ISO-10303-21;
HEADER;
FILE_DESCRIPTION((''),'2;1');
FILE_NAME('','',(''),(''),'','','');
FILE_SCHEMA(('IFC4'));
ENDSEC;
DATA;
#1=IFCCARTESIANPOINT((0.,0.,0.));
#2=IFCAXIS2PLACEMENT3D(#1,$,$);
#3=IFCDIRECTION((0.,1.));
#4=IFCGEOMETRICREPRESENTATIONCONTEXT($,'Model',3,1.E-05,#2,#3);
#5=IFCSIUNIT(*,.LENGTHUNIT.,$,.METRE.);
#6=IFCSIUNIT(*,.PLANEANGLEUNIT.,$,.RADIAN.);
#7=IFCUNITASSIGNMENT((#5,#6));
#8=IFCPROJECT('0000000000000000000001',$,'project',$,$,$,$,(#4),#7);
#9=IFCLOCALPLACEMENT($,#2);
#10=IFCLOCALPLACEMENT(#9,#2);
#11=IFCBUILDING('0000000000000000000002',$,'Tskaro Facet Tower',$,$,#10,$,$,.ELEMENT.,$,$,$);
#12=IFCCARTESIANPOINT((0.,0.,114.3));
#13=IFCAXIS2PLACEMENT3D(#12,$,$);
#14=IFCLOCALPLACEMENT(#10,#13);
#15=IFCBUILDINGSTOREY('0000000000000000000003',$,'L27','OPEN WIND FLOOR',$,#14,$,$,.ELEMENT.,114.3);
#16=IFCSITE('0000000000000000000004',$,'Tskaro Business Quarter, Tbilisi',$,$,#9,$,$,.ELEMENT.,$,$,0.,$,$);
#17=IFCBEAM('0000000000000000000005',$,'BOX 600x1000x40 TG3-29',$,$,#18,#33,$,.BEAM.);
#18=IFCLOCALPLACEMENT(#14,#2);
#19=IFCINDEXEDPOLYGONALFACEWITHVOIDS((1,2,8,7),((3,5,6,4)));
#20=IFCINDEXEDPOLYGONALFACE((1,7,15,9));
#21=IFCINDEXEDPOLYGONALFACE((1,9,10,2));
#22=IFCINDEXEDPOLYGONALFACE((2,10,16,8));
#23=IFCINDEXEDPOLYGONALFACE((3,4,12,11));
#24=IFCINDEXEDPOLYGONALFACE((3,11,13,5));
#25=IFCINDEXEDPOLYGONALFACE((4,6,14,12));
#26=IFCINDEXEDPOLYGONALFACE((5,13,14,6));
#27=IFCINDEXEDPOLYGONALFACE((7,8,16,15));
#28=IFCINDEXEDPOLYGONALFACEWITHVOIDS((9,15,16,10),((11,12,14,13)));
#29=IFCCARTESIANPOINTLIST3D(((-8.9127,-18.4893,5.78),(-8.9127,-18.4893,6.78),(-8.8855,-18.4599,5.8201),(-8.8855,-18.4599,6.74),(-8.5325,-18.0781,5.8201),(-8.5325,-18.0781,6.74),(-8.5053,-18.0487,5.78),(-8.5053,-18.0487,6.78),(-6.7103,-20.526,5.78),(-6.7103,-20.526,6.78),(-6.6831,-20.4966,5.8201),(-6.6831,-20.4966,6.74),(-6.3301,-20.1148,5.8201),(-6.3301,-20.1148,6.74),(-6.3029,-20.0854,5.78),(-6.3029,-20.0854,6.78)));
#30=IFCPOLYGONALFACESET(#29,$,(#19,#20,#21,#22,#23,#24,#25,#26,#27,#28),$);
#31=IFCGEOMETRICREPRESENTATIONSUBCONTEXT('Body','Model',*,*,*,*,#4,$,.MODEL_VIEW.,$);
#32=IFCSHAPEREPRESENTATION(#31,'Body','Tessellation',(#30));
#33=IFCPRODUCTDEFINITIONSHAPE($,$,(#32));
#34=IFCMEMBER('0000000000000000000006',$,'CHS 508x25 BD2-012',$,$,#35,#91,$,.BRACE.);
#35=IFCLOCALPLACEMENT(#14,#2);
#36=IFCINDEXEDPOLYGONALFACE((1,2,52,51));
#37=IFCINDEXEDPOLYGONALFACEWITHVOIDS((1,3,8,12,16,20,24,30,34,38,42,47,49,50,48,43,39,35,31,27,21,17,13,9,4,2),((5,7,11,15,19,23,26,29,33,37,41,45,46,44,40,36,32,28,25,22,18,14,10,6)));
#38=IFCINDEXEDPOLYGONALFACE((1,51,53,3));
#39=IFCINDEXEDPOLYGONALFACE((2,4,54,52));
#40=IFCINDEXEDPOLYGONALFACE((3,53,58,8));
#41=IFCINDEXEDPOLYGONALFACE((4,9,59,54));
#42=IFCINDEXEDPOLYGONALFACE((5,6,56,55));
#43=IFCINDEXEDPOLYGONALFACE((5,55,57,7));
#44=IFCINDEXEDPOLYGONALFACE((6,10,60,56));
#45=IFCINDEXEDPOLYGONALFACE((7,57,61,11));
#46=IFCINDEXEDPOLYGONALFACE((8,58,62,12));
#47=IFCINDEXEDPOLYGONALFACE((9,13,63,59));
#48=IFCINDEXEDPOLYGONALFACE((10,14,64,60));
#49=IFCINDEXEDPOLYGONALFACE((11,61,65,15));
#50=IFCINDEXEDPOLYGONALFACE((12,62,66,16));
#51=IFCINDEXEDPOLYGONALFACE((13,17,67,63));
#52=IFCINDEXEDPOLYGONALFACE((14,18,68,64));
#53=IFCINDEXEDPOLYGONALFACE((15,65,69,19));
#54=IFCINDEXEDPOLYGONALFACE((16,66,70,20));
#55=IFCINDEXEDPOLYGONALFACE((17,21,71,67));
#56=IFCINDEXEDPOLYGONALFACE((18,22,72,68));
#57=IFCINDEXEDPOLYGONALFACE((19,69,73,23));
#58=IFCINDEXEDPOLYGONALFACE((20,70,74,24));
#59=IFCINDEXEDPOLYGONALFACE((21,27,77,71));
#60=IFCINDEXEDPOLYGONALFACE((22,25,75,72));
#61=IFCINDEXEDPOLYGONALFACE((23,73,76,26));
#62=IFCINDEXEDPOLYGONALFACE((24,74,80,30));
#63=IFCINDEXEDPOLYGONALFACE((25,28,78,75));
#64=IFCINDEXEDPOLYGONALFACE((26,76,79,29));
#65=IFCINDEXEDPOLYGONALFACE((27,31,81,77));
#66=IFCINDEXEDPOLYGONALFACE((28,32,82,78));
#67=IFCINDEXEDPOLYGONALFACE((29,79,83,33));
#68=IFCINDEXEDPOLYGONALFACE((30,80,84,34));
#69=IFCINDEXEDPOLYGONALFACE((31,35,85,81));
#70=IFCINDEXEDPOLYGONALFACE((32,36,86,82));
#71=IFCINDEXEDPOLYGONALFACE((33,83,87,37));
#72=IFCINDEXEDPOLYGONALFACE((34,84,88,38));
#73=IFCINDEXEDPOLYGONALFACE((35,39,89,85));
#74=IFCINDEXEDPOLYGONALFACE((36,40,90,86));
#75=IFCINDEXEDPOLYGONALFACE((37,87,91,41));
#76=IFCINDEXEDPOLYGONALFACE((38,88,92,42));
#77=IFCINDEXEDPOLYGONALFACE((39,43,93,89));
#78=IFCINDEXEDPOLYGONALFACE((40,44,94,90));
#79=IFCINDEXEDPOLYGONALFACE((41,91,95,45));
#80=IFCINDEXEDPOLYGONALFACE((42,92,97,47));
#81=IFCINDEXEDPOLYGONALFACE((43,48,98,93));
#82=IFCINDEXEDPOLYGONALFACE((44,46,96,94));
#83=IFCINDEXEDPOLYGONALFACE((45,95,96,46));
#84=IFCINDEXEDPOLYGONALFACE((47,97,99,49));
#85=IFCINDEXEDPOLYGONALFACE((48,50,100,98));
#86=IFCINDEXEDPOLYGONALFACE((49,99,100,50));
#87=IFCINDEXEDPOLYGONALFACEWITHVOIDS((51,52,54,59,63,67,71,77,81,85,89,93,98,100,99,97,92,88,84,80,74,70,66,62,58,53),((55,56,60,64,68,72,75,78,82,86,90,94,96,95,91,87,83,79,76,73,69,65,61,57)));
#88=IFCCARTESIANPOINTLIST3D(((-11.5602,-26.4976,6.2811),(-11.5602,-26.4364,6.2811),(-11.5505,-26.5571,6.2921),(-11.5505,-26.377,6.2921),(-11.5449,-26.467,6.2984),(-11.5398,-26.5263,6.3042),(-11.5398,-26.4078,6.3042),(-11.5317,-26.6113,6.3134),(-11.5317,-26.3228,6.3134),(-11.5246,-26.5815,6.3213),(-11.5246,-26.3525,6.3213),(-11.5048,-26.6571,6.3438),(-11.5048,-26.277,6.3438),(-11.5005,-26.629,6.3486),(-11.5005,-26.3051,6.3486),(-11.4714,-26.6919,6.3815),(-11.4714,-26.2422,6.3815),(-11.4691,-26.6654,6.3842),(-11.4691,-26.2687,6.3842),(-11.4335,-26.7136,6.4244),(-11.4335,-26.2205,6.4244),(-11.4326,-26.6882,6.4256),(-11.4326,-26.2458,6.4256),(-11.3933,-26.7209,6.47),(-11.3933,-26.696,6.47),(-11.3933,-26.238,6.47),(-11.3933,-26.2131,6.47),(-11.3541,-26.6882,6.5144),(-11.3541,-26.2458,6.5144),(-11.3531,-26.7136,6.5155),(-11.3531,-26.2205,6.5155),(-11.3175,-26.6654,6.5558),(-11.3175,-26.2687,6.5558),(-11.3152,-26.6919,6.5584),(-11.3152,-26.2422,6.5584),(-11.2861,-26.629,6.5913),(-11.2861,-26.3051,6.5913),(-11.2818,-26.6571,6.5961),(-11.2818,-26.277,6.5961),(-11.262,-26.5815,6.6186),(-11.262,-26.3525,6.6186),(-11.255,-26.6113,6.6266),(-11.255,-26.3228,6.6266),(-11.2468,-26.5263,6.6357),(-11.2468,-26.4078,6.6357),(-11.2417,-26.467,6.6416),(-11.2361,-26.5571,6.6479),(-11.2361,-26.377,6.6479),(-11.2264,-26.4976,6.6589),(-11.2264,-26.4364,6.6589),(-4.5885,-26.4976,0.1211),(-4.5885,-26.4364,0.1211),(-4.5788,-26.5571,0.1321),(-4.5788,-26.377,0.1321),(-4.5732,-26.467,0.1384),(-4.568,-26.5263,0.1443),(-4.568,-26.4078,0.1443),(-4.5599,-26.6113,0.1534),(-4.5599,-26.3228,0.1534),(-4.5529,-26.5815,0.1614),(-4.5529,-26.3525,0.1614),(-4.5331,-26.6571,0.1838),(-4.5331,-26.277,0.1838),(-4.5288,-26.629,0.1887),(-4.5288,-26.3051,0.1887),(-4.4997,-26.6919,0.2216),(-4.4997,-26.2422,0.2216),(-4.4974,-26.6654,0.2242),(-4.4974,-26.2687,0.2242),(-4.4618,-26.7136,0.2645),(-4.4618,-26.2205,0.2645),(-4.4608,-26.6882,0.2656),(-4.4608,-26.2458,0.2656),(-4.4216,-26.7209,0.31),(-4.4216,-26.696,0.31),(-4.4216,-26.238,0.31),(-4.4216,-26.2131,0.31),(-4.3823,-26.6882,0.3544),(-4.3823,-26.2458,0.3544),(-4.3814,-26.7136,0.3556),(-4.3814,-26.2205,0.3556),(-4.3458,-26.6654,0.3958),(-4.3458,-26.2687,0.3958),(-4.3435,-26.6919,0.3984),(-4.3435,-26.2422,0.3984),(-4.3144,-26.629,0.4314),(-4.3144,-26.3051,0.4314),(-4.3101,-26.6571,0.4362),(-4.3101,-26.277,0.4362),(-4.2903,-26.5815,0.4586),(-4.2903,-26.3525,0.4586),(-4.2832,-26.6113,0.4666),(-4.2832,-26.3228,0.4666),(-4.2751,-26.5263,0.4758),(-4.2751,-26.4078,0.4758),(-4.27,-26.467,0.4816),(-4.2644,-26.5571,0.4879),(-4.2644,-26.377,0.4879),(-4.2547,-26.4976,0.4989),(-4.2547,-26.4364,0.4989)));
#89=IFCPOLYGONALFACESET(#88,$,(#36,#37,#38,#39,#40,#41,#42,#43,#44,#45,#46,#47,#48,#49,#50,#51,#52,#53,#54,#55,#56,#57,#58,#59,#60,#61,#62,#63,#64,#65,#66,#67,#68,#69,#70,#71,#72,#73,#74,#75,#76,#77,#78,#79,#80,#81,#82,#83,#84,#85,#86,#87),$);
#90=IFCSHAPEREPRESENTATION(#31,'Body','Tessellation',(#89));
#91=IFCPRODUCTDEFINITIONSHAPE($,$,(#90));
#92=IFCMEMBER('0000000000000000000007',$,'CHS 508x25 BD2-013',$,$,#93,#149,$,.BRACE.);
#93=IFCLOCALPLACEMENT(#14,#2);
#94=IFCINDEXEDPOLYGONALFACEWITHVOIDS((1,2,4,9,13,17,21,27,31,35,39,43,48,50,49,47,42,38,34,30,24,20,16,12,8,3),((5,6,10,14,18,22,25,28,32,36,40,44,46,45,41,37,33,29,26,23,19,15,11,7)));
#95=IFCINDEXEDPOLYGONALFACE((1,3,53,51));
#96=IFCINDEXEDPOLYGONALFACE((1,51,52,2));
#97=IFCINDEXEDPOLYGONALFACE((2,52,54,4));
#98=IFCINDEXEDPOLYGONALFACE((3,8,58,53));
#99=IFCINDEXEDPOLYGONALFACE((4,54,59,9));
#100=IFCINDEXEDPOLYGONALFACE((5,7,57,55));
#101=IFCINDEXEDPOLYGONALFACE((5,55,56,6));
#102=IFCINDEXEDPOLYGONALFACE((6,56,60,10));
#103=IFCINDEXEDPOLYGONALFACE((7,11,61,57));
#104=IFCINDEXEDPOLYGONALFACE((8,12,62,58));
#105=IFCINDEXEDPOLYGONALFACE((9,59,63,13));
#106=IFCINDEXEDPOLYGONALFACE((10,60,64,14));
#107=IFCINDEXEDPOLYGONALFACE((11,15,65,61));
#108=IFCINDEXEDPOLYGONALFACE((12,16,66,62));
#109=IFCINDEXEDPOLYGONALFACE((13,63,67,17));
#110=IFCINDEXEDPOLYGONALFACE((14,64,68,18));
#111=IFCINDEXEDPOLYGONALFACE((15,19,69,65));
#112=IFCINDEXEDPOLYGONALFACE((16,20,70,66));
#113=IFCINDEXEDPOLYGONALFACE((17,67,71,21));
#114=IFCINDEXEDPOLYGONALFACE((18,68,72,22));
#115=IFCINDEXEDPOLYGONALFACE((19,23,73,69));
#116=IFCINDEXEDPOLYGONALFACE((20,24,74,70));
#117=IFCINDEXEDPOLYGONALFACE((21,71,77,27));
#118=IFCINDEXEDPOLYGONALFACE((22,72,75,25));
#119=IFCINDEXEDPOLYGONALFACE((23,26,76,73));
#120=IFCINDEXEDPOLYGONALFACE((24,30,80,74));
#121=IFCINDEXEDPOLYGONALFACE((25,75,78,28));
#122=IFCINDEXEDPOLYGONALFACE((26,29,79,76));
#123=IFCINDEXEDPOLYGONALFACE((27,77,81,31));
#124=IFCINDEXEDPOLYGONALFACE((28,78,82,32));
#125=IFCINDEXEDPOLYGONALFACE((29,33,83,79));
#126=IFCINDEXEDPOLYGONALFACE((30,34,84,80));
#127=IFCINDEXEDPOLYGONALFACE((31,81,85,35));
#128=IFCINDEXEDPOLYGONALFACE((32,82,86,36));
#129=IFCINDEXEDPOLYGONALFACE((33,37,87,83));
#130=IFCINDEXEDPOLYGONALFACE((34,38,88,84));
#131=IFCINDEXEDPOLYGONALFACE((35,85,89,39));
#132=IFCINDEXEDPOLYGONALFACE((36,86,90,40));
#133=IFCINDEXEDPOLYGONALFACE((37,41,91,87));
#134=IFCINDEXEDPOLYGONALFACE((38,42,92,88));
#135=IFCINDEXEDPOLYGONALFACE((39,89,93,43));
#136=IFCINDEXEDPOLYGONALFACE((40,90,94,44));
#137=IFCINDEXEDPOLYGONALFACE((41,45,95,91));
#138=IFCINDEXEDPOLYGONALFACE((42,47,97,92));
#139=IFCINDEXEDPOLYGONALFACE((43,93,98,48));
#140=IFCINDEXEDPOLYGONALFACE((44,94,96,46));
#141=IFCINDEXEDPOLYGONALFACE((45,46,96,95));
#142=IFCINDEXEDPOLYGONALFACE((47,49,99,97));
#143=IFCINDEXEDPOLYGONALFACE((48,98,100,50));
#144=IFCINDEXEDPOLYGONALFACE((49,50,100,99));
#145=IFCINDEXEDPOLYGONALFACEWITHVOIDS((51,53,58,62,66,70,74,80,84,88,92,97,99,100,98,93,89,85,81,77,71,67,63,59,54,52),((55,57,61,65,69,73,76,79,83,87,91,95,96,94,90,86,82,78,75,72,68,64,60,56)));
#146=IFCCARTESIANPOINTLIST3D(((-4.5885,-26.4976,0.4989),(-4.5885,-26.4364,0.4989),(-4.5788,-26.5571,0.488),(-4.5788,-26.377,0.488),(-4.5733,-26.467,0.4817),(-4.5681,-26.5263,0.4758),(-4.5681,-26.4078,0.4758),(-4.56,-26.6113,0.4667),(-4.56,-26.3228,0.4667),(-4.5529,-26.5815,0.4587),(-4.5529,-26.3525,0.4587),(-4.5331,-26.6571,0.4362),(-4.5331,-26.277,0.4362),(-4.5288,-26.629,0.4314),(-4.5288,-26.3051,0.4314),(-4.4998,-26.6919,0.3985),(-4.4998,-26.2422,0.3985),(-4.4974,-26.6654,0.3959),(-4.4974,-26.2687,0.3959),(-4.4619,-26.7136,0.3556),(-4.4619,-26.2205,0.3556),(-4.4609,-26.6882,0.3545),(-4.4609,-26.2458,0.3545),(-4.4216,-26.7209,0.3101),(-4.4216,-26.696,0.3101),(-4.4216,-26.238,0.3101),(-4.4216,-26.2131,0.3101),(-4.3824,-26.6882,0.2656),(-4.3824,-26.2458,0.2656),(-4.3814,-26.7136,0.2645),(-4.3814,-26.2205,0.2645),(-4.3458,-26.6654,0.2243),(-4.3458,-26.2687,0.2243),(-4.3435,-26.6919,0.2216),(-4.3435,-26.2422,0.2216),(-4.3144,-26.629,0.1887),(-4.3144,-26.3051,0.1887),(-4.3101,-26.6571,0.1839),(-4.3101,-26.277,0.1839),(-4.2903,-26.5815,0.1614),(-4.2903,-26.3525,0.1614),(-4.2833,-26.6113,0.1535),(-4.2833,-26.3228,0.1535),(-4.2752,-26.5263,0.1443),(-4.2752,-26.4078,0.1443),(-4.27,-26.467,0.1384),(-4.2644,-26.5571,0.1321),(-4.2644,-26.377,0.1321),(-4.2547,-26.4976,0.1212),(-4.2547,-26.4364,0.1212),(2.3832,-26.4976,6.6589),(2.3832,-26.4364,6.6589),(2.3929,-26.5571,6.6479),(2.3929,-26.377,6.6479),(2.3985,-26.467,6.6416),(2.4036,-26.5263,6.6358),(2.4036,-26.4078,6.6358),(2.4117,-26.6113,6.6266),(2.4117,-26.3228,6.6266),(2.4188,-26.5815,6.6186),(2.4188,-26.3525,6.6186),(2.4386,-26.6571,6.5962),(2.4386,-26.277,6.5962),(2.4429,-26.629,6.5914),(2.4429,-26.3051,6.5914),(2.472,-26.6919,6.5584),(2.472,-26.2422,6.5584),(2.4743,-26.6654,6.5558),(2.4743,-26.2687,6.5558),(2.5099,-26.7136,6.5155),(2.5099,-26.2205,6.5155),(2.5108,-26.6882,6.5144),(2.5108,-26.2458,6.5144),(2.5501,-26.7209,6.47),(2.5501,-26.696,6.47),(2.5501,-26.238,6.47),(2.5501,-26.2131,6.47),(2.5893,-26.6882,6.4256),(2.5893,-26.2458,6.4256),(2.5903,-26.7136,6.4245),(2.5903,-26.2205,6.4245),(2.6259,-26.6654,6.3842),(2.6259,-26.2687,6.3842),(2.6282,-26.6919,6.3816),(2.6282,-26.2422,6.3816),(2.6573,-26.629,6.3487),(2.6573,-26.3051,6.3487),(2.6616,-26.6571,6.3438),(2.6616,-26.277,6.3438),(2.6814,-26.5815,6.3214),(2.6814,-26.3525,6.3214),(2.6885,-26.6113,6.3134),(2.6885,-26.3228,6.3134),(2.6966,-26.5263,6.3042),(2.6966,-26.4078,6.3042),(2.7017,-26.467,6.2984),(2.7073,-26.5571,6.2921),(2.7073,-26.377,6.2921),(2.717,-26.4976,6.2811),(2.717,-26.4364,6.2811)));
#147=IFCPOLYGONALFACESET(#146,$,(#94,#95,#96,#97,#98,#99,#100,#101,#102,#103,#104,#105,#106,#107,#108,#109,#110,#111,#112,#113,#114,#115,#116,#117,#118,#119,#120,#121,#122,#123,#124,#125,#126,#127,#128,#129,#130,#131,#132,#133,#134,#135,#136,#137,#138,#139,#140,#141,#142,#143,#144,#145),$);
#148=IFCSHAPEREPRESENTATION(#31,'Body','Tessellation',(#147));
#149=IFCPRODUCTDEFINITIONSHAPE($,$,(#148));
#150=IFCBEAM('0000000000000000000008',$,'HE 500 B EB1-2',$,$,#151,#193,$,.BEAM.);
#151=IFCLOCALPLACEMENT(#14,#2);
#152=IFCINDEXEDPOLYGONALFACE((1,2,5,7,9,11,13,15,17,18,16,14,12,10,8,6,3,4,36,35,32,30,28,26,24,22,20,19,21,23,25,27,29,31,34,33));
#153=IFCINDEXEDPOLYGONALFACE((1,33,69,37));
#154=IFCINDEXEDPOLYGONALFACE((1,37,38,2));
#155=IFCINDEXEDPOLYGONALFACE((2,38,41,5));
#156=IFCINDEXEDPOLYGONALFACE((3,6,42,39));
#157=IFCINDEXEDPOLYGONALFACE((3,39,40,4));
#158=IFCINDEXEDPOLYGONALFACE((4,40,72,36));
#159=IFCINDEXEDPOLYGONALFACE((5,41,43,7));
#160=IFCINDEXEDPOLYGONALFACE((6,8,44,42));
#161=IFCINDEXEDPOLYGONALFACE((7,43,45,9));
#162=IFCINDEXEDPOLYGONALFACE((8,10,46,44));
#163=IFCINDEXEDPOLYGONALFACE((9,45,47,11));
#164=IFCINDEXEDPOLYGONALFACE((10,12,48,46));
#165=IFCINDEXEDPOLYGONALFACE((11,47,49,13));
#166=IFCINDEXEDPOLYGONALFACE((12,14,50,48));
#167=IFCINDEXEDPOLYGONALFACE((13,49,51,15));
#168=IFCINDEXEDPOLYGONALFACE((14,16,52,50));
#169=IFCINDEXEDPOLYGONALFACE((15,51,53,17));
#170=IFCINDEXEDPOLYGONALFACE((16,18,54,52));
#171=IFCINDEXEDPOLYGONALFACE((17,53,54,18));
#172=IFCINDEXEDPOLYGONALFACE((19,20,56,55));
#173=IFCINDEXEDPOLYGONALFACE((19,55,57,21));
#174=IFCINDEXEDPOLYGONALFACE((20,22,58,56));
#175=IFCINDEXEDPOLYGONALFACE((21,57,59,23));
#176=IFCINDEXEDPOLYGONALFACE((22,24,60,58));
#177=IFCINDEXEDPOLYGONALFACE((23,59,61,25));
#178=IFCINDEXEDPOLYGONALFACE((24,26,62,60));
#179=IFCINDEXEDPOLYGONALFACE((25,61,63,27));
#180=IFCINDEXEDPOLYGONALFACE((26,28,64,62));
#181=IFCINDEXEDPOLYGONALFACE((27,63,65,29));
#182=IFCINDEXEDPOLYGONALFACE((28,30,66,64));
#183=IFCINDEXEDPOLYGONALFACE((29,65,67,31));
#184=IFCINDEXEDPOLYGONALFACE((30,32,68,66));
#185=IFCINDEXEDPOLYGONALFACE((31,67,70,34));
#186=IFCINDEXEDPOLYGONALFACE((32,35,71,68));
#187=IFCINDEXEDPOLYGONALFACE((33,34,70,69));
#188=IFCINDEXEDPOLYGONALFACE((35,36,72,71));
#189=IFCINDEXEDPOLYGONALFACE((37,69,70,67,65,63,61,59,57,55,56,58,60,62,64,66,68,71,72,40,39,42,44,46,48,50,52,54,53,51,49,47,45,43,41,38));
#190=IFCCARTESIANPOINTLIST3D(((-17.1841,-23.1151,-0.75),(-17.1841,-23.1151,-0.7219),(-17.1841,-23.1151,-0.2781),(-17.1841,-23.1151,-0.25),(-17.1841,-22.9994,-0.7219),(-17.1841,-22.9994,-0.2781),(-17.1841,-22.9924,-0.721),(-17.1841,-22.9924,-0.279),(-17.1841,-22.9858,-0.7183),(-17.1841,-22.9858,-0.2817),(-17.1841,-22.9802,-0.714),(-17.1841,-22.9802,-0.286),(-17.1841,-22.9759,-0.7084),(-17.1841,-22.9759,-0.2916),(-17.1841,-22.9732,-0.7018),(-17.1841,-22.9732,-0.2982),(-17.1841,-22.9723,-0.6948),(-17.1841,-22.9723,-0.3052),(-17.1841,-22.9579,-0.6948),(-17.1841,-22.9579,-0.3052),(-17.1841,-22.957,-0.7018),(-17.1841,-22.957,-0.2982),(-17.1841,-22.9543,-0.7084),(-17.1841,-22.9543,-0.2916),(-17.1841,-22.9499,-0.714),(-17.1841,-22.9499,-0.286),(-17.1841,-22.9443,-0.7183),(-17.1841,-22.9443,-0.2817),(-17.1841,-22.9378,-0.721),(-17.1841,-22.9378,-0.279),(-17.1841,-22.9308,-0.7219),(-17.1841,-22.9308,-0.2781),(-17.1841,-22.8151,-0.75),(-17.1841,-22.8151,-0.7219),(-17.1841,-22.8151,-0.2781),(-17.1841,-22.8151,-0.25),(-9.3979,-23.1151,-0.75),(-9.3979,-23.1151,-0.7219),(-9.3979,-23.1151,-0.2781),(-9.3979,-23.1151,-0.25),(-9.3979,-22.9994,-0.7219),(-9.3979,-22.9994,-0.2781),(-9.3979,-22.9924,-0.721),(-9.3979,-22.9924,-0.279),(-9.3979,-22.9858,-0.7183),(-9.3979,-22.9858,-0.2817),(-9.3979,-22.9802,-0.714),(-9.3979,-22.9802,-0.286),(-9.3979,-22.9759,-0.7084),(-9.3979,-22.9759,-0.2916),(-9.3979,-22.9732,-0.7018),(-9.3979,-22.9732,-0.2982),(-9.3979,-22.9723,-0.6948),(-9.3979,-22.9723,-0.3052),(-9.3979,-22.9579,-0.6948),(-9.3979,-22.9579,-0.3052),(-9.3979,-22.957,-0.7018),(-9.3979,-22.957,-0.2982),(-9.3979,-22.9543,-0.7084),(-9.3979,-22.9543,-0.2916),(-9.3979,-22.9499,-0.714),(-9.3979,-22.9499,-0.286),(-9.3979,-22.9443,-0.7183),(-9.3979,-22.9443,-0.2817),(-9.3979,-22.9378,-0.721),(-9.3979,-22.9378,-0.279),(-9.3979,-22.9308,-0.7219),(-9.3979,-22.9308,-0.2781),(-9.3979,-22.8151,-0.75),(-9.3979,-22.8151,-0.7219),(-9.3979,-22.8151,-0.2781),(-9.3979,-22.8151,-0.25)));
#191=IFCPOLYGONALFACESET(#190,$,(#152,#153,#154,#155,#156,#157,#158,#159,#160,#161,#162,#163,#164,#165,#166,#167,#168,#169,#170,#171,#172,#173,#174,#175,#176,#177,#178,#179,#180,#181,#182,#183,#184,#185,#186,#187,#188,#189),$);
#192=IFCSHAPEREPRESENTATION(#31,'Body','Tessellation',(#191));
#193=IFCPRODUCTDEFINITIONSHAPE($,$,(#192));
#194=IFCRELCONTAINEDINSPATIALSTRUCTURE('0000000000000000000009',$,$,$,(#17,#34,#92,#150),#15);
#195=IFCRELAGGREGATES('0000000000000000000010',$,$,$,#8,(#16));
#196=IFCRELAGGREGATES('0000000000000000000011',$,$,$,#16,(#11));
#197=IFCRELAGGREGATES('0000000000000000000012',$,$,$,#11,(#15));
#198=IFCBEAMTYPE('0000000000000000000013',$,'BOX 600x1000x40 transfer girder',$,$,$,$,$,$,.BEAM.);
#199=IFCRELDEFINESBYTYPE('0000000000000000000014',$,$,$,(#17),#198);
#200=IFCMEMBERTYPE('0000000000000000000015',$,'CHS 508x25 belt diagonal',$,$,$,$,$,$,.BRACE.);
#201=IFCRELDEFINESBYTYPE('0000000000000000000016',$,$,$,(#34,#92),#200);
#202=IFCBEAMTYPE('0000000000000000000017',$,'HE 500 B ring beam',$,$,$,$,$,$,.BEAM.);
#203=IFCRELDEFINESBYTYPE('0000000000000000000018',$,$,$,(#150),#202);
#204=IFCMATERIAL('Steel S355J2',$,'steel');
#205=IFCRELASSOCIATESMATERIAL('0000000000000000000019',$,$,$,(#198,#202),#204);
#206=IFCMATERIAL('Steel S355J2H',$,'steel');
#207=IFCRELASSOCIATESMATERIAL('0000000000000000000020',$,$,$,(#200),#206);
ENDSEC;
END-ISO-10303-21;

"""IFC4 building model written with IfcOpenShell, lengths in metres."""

from ifc_helpers import new_model, si_unit, direction, frame, origin, origin_2d, place, context, subcontext, project, spatial, hollow_rectangle, hollow_circle, i_section, extrude, material, material_profile, profile_set, type_object, element, save


model = new_model("IFC4")

# Units and contexts
model_context = context("Model", 3, precision=1e-05, world=origin(), true_north=direction((0.0, 1.0)))
body_context = subcontext(model_context, "Body", "Model", "MODEL_VIEW")
ifc_project = project(units=[si_unit("LENGTHUNIT", "METRE"), si_unit("PLANEANGLEUNIT", "RADIAN")], contexts=[model_context])

# Site, building, storey
site_placement = place(None, origin())
site = spatial("IfcSite", under=ifc_project, at=site_placement, Name="Tskaro Business Quarter, Tbilisi", CompositionType="ELEMENT", RefElevation=0.0)
building_placement = place(site_placement, origin())
building = spatial("IfcBuilding", under=site, at=building_placement, Name="Tskaro Facet Tower", CompositionType="ELEMENT")
storey_placement = place(building_placement, frame((0.0, 0.0, 114.3)))
storey = spatial("IfcBuildingStorey", under=building, at=storey_placement, Name="L27", Description="OPEN WIND FLOOR", CompositionType="ELEMENT", Elevation=114.3)

# Shared definitions
ifc_material_1 = material(Name="Steel S355J2H", Category="steel")

# Beam
ifc_material_2 = material(Name="Steel S355J2", Category="steel")
ifc_material_profile_1 = material_profile(ifc_material_2, hollow_rectangle(XDim=0.6001, YDim=1.0, WallThickness=0.04, at=origin_2d()), Name="BOX 600x1000x40")
ifc_profile_set_1 = profile_set([ifc_material_profile_1], Name="Steel S355J2")
beam_type_1 = type_object("IfcBeamType", Name="BOX 600x1000x40 transfer girder", PredefinedType="BEAM", material=ifc_profile_set_1)
beam_1_placement = place(storey_placement, frame((-6.5066, -20.3057, 6.28), z_axis=(-0.734198, 0.678936, 0.0), x_axis=(-0.678936, -0.734198, 0.0)))
element("IfcBeam", 1, at=beam_1_placement, inside=storey, type_object=beam_type_1, Name="BOX 600x1000x40 TG3-29", PredefinedType="BEAM", context=body_context, shape_type="SweptSolid", body=[
    extrude(hollow_rectangle(XDim=0.6001, YDim=1.0, WallThickness=0.04, at=origin_2d()), origin(), (0.0, 0.0, 1.0), 2.9998),
])

# Members
ifc_material_profile_2 = material_profile(ifc_material_1, hollow_circle(Radius=0.2539, WallThickness=0.0249, at=origin_2d()), Name="CHS 508x25")
ifc_profile_set_2 = profile_set([ifc_material_profile_2], Name="Steel S355J2H")
member_type_1 = type_object("IfcMemberType", Name="CHS 508x25 belt diagonal", PredefinedType="BRACE", material=ifc_profile_set_2)
for number, where, z_axis, x_axis, name in (
    (2, (-11.3933, -26.467, 6.47), (0.749388, 0.0, -0.662131), (0.0, 1.0, 0.0), "CHS 508x25 BD2-012"),
    (3, (-4.4216, -26.467, 0.3101), (0.749388, 0.0, 0.662131), (0.0, 1.0, 0.0), "CHS 508x25 BD2-013"),
):
    element("IfcMember", number, at=place(storey_placement, frame(where, z_axis=z_axis, x_axis=x_axis)), inside=storey, type_object=member_type_1, Name=name, PredefinedType="BRACE", context=body_context, shape_type="SweptSolid", body=[
        extrude(hollow_circle(Radius=0.2539, WallThickness=0.0249, at=origin_2d()), origin(), (0.0, 0.0, 1.0), 9.3032),
    ])

# Beam
ifc_material_profile_3 = material_profile(ifc_material_2, i_section(OverallWidth=0.3, OverallDepth=0.5, WebThickness=0.0144, FlangeThickness=0.0281, FilletRadius=0.0271, at=origin_2d()), Name="HE 500 B")
ifc_profile_set_3 = profile_set([ifc_material_profile_3], Name="Steel S355J2")
beam_type_2 = type_object("IfcBeamType", Name="HE 500 B ring beam", PredefinedType="BEAM", material=ifc_profile_set_3)
beam_2_placement = place(storey_placement, frame((-17.1841, -22.9651, -0.5), z_axis=(1.0, 0.0, 0.0), x_axis=(0.0, 1.0, 0.0)))
element("IfcBeam", 4, at=beam_2_placement, inside=storey, type_object=beam_type_2, Name="HE 500 B EB1-2", PredefinedType="BEAM", context=body_context, shape_type="SweptSolid", body=[
    extrude(i_section(OverallWidth=0.3, OverallDepth=0.5, WebThickness=0.0144, FlangeThickness=0.0281, FilletRadius=0.0271, at=origin_2d()), origin(), (0.0, 0.0, 1.0), 7.7861),
])

save(model, "model.ifc")
